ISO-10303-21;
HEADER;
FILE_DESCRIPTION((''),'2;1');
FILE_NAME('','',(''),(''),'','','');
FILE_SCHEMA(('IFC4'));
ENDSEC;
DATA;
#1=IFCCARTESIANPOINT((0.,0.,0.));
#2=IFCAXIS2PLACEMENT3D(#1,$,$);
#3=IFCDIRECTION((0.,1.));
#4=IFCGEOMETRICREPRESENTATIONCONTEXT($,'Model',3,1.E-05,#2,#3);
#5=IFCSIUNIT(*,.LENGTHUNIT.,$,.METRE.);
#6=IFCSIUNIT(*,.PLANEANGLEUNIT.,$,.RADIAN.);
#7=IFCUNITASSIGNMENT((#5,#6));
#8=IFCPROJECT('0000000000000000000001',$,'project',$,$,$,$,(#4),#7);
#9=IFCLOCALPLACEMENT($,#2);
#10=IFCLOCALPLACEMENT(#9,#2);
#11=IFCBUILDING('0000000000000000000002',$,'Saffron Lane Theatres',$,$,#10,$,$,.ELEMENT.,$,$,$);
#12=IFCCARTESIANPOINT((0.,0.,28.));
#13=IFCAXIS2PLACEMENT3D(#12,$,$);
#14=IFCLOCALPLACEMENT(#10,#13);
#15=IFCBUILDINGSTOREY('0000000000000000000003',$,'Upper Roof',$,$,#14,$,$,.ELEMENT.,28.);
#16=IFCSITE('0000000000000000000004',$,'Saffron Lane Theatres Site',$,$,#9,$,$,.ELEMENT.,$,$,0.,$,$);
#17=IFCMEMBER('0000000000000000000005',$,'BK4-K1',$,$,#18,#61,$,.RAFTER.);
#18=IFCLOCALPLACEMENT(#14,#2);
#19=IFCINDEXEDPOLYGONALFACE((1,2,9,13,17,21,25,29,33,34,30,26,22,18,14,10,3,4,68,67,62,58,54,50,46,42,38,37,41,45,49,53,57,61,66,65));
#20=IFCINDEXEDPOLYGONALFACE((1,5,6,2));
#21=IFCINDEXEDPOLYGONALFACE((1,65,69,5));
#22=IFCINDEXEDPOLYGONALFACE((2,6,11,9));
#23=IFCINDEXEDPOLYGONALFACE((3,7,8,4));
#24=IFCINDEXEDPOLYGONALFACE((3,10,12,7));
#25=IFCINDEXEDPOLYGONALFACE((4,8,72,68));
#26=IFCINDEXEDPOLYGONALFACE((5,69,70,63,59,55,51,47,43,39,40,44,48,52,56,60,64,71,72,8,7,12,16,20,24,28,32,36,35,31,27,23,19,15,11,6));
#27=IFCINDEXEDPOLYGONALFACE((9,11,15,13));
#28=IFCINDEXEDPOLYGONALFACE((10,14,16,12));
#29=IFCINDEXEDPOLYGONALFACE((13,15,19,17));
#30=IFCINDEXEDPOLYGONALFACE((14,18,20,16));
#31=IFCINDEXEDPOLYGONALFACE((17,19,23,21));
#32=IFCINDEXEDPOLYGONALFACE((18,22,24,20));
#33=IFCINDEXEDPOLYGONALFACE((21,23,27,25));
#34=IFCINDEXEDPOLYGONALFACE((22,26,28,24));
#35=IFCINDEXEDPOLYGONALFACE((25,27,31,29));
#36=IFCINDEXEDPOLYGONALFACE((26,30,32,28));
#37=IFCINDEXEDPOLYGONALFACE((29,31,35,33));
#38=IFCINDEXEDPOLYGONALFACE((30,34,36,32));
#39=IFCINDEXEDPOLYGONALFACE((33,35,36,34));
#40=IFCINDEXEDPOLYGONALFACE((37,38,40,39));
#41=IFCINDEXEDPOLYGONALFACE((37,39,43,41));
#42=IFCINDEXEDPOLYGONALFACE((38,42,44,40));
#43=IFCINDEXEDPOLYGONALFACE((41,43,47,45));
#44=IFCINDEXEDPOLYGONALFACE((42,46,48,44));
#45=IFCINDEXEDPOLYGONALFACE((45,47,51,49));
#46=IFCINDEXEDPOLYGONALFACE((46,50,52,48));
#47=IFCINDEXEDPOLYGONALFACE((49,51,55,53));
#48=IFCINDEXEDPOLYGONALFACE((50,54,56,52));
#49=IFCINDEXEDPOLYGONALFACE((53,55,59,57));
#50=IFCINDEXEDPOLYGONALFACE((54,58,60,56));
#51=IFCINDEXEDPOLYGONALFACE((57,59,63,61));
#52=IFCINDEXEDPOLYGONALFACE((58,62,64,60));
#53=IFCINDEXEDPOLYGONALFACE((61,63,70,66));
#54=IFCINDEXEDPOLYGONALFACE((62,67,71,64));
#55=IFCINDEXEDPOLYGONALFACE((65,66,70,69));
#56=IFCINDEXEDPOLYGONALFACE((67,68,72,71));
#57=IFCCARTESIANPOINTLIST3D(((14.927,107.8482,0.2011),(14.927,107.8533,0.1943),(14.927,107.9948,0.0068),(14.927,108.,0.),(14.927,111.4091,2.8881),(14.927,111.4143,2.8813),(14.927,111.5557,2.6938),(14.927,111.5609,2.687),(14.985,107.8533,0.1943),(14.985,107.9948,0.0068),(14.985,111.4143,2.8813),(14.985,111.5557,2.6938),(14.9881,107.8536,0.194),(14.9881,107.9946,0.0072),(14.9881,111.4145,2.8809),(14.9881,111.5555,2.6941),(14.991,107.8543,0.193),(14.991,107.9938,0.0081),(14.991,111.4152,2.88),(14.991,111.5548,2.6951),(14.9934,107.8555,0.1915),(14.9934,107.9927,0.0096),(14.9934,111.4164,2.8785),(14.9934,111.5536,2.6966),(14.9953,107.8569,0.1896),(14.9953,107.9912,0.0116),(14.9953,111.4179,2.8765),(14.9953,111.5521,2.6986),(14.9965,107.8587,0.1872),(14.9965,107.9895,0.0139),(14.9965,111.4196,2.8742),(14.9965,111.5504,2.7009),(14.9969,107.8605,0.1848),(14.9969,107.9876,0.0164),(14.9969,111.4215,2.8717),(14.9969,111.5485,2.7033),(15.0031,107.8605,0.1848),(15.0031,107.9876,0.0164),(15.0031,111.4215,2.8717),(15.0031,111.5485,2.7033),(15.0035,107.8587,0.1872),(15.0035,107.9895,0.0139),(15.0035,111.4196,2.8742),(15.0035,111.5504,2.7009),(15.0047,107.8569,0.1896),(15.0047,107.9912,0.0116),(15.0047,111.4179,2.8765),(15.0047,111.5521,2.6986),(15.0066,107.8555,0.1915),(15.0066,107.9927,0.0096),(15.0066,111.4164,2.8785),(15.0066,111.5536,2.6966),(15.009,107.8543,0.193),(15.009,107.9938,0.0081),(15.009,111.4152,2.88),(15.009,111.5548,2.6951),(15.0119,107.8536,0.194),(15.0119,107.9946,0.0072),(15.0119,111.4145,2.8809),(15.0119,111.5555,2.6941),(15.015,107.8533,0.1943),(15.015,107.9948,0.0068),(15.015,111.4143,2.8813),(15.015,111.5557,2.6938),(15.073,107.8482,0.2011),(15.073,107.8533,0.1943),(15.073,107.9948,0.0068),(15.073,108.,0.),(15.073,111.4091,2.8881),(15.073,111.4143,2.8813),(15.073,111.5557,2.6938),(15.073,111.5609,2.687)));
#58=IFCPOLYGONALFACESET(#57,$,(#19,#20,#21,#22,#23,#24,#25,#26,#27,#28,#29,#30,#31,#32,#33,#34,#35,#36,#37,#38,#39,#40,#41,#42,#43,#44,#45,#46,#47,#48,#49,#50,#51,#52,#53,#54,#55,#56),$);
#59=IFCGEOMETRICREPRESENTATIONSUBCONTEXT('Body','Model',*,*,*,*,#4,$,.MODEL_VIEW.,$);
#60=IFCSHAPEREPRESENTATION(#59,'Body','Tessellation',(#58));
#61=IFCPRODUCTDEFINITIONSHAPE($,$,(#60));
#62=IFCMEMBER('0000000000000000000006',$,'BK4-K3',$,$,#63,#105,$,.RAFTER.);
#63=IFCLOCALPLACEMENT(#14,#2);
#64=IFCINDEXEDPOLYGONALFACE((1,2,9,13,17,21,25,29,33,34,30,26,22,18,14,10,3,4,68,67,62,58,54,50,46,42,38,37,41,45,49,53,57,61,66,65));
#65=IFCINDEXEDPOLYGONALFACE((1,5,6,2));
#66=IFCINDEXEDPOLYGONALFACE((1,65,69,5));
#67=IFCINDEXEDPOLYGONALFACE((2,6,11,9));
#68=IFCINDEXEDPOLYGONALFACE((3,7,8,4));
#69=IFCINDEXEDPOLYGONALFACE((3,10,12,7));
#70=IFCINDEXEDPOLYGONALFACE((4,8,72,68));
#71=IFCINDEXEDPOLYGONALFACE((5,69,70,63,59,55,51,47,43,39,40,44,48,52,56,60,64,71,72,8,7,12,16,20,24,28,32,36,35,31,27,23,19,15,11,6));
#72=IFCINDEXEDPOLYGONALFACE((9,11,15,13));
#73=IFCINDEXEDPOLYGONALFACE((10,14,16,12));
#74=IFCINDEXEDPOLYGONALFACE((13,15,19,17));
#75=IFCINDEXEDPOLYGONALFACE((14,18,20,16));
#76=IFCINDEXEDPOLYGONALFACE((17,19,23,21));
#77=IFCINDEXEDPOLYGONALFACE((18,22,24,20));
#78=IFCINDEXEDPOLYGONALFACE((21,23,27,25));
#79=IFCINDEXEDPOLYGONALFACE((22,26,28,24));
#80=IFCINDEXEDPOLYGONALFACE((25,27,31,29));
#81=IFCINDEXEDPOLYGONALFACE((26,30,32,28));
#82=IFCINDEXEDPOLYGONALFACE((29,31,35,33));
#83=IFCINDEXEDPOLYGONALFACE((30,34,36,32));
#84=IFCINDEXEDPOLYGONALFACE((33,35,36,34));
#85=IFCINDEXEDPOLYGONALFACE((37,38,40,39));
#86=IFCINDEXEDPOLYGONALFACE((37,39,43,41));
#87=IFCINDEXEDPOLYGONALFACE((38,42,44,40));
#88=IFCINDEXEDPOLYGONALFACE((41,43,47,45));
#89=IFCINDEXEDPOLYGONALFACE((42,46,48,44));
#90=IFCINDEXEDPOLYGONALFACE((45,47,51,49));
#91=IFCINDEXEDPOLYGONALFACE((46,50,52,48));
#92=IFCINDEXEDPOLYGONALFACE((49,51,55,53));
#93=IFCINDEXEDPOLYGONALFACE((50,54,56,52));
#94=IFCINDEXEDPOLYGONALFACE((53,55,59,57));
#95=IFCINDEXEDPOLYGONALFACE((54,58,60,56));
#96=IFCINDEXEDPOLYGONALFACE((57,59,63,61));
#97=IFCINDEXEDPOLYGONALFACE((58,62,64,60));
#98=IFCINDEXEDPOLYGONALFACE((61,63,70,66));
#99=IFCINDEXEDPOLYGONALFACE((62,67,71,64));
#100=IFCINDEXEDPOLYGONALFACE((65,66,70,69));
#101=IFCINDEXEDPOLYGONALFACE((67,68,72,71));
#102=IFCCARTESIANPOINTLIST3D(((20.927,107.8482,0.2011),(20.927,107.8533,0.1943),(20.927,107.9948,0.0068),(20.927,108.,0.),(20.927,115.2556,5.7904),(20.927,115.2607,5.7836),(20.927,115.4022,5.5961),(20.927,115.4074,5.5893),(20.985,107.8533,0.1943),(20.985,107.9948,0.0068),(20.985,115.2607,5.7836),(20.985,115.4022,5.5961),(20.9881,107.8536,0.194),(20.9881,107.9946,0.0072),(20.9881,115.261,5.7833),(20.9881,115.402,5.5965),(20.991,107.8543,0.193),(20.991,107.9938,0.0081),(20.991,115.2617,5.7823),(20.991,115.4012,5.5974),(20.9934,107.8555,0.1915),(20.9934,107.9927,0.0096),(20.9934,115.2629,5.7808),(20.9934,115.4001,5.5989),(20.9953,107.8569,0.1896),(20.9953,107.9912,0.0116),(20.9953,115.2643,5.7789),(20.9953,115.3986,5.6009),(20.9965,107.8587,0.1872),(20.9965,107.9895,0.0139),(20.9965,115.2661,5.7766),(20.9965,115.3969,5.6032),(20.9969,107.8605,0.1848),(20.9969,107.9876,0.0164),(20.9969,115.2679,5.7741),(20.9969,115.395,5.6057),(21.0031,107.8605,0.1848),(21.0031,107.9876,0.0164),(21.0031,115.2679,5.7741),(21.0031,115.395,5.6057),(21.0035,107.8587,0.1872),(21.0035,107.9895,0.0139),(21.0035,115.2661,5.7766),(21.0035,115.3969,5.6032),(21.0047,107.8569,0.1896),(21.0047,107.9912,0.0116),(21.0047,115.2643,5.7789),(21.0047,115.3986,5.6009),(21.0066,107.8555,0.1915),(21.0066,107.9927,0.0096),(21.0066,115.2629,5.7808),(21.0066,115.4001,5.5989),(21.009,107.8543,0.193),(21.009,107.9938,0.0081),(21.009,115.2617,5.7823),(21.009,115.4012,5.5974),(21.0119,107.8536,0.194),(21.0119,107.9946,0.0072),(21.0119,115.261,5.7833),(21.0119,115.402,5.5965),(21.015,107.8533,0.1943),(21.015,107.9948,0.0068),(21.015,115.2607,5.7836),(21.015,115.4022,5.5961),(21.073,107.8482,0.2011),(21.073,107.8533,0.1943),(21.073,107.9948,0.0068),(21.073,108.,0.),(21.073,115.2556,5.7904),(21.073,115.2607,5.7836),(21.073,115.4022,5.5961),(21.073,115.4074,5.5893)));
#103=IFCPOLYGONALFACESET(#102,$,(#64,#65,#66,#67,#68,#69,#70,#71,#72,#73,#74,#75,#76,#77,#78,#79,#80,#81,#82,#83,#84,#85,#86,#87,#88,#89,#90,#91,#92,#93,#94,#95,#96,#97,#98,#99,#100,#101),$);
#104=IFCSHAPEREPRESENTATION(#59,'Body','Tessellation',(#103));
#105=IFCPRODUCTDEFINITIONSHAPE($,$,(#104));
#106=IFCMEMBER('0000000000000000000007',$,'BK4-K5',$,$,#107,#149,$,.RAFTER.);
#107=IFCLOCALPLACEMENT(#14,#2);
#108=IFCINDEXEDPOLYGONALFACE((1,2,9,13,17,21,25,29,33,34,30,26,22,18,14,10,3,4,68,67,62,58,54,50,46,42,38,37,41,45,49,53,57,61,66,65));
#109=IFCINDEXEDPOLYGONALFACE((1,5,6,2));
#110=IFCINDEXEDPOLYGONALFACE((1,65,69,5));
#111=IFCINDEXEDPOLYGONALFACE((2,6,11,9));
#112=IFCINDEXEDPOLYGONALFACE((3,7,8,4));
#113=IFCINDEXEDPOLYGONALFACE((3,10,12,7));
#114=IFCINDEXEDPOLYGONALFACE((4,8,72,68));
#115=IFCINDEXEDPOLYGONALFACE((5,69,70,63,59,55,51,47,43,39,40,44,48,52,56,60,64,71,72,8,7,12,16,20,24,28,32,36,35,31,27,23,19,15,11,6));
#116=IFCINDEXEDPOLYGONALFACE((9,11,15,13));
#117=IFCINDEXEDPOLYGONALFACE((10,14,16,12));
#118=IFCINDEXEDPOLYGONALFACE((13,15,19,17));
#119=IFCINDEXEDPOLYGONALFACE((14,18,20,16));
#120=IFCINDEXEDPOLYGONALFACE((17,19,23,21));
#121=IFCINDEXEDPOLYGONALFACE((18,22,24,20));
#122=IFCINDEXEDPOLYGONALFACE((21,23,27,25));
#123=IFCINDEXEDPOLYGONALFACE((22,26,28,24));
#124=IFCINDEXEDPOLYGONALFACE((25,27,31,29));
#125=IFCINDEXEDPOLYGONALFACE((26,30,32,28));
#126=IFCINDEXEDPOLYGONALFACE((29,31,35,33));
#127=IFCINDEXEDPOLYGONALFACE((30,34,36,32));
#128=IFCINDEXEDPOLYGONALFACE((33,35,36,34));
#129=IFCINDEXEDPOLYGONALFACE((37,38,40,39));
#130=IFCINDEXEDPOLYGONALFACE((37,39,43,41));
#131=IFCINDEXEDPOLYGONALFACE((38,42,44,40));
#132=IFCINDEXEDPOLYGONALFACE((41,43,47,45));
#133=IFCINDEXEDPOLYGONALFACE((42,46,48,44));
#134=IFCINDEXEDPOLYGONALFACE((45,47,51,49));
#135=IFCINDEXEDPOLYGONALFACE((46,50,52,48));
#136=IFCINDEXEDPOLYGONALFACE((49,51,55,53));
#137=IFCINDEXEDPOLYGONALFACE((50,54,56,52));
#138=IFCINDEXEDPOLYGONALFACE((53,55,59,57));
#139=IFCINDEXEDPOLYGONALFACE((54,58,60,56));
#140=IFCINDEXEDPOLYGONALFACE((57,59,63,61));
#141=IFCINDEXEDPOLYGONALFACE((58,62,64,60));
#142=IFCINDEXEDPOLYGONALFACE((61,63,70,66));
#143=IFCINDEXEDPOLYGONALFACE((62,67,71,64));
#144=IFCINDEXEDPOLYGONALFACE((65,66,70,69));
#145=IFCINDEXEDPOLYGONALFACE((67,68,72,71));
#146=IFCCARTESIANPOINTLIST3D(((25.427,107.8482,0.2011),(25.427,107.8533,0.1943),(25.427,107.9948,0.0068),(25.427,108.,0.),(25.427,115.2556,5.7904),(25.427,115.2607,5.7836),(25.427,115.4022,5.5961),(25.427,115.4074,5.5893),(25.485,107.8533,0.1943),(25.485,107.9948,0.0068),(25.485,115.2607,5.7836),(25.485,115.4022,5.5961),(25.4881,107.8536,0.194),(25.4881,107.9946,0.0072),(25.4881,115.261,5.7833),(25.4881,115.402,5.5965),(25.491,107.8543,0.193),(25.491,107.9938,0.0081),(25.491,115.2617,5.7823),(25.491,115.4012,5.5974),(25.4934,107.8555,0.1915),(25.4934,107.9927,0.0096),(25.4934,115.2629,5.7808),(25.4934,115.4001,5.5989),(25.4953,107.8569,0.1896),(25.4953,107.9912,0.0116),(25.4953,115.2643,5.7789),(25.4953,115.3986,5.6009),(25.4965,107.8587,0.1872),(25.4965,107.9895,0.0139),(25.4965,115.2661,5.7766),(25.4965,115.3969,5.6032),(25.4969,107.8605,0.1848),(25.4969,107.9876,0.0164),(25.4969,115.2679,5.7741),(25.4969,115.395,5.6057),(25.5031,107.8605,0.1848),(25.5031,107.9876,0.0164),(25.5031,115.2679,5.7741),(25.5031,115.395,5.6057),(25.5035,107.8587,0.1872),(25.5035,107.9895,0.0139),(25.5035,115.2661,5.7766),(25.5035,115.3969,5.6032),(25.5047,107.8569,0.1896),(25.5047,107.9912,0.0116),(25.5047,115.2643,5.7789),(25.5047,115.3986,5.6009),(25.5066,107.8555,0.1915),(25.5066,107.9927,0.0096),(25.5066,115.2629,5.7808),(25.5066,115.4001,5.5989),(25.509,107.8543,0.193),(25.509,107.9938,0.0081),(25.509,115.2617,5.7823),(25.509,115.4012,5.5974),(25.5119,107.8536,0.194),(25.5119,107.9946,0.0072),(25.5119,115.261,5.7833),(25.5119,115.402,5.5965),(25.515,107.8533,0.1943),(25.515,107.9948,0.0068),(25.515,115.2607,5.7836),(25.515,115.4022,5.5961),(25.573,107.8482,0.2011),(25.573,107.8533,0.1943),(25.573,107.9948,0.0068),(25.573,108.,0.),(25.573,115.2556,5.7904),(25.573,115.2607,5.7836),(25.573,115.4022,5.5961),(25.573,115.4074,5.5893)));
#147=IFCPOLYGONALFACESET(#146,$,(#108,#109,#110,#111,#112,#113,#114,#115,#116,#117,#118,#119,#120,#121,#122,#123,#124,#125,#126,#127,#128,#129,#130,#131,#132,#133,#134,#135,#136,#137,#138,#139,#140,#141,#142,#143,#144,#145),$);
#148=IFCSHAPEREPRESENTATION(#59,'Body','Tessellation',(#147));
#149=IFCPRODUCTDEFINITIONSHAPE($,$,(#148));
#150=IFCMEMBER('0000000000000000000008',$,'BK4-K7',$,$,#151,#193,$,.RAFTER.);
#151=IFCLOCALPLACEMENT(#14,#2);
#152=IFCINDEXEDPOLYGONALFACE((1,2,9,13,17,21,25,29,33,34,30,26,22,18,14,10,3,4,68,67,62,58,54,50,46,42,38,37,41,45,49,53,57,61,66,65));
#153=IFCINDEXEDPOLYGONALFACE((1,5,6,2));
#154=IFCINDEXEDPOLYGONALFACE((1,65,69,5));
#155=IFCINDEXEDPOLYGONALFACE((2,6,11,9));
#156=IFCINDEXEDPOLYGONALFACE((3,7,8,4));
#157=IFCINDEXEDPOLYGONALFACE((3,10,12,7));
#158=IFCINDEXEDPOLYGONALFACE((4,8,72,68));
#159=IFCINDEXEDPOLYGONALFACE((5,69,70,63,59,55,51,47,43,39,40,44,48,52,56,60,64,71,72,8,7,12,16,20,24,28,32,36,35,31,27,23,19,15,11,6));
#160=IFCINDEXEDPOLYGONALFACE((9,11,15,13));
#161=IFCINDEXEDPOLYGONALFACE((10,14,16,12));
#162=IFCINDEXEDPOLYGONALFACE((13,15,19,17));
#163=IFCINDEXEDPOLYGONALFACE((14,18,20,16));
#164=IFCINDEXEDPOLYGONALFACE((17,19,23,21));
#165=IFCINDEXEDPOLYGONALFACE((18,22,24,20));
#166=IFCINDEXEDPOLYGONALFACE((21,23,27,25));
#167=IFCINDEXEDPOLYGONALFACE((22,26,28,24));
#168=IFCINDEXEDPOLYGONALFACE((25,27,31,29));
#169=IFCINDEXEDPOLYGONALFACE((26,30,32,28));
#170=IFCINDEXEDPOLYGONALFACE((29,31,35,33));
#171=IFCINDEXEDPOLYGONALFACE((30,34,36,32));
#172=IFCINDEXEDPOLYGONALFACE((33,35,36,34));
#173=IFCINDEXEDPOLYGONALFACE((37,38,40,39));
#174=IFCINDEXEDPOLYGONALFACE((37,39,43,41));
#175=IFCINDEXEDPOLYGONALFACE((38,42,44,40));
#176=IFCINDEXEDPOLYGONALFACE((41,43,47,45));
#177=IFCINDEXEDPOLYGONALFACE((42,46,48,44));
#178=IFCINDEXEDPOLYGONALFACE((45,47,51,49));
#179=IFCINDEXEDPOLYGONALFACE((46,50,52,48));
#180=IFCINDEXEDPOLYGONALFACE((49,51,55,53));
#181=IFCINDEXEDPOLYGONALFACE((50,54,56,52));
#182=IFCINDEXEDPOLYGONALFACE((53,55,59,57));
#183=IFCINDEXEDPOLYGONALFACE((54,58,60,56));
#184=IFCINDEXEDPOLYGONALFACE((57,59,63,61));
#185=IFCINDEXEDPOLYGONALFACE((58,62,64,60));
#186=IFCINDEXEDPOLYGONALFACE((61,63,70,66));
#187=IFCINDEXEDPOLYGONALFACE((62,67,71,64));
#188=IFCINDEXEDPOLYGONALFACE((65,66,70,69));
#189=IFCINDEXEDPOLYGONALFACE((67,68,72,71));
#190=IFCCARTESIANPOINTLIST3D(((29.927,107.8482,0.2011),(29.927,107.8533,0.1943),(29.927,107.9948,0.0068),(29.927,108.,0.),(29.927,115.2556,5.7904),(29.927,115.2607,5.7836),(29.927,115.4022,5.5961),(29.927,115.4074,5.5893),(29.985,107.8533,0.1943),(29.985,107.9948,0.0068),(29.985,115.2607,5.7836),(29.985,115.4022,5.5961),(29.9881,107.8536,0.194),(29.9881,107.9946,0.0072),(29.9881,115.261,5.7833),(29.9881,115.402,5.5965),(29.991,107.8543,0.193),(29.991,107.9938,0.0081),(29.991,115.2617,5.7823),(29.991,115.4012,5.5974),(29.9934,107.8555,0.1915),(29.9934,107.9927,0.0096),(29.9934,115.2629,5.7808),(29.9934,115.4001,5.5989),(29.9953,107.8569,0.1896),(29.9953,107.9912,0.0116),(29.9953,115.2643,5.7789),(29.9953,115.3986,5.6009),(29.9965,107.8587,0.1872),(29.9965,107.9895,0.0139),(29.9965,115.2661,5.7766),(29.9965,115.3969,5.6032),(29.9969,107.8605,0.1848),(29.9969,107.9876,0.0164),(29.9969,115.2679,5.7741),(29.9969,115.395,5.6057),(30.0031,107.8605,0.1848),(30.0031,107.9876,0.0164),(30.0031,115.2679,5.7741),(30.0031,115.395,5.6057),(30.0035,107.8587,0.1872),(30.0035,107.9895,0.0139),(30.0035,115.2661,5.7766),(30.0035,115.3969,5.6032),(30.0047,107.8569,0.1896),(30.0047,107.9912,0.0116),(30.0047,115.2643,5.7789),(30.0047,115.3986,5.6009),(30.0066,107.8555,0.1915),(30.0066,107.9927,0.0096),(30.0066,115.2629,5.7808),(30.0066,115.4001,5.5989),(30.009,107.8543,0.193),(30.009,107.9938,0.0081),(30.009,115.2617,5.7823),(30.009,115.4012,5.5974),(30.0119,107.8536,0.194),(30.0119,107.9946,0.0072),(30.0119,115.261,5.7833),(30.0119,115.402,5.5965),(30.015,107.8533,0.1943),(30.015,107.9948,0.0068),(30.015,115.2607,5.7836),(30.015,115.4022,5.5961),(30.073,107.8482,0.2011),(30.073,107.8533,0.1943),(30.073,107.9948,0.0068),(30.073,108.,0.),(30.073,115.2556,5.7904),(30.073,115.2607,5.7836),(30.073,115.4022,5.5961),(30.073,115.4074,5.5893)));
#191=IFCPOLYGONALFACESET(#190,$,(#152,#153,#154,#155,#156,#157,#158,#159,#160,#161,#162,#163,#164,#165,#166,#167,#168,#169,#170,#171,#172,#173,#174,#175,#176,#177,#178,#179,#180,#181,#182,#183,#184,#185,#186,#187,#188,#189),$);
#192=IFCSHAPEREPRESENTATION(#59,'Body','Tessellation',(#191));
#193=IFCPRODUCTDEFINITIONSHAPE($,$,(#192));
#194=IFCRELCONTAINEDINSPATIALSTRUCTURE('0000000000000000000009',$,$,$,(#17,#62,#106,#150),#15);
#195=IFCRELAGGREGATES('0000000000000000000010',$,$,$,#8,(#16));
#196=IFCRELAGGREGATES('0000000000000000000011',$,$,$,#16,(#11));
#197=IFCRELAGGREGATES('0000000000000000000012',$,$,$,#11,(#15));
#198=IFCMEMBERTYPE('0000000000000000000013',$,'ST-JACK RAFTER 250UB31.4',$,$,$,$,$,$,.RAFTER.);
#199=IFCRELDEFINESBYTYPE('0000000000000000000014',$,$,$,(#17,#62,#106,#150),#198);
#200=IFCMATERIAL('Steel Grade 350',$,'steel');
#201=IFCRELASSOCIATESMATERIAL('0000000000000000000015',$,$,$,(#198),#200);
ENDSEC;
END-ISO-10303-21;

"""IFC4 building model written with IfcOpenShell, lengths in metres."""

from ifc_helpers import new_model, si_unit, direction, frame, origin, origin_2d, place, context, subcontext, project, spatial, i_section, extrude, material, material_profile, profile_set, type_object, element, save


model = new_model("IFC4")

# Units and contexts
model_context = context("Model", 3, precision=1e-05, world=origin(), true_north=direction((0.0, 1.0)))
body_context = subcontext(model_context, "Body", "Model", "MODEL_VIEW")
ifc_project = project(units=[si_unit("LENGTHUNIT", "METRE"), si_unit("PLANEANGLEUNIT", "RADIAN")], contexts=[model_context])

# Site, building, storey
site_placement = place(None, origin())
site = spatial("IfcSite", under=ifc_project, at=site_placement, Name="Saffron Lane Theatres Site", CompositionType="ELEMENT", RefElevation=0.0)
building_placement = place(site_placement, origin())
building = spatial("IfcBuilding", under=site, at=building_placement, Name="Saffron Lane Theatres", CompositionType="ELEMENT")
storey_placement = place(building_placement, frame((0.0, 0.0, 28.0)))
storey = spatial("IfcBuildingStorey", under=building, at=storey_placement, Name="Upper Roof", CompositionType="ELEMENT", Elevation=28.0)

# Members
ifc_material_1 = material(Name="Steel Grade 350", Category="steel")
ifc_material_profile_1 = material_profile(ifc_material_1, i_section(OverallWidth=0.146, OverallDepth=0.252, WebThickness=0.0061, FlangeThickness=0.0085, FilletRadius=0.012, at=origin_2d()))
ifc_profile_set_1 = profile_set([ifc_material_profile_1], Name="Steel Grade 350")
member_type_1 = type_object("IfcMemberType", Name="ST-JACK RAFTER 250UB31.4", PredefinedType="RAFTER", material=ifc_profile_set_1)
member_1_placement = place(storey_placement, frame((15.0, 107.9241, 0.1006), z_axis=(0.0, 0.79825, 0.602327), x_axis=(-1.0, 0.0, 0.0)))
element("IfcMember", 1, at=member_1_placement, inside=storey, type_object=member_type_1, Name="BK4-K1", PredefinedType="RAFTER", context=body_context, shape_type="SweptSolid", body=[
    extrude(i_section(OverallWidth=0.146, OverallDepth=0.252, WebThickness=0.0061, FlangeThickness=0.0085, FilletRadius=0.012, at=origin_2d()), origin(), (0.0, 0.0, 1.0), 4.4609),
])
for number, where, z_axis, x_axis, name in (
    (2, (21.0, 107.9241, 0.1006), (0.0, 0.798251, 0.602325), (-1.0, 0.0, 0.0), "BK4-K3"),
    (3, (25.5, 107.9241, 0.1006), (0.0, 0.798251, 0.602325), (-1.0, 0.0, 0.0), "BK4-K5"),
    (4, (30.0, 107.9241, 0.1006), (0.0, 0.798251, 0.602325), (-1.0, 0.0, 0.0), "BK4-K7"),
):
    element("IfcMember", number, at=place(storey_placement, frame(where, z_axis=z_axis, x_axis=x_axis)), inside=storey, type_object=member_type_1, Name=name, PredefinedType="RAFTER", context=body_context, shape_type="SweptSolid", body=[
        extrude(i_section(OverallWidth=0.146, OverallDepth=0.252, WebThickness=0.0061, FlangeThickness=0.0085, FilletRadius=0.012, at=origin_2d()), origin(), (0.0, 0.0, 1.0), 9.2795),
    ])

save(model, "model.ifc")
